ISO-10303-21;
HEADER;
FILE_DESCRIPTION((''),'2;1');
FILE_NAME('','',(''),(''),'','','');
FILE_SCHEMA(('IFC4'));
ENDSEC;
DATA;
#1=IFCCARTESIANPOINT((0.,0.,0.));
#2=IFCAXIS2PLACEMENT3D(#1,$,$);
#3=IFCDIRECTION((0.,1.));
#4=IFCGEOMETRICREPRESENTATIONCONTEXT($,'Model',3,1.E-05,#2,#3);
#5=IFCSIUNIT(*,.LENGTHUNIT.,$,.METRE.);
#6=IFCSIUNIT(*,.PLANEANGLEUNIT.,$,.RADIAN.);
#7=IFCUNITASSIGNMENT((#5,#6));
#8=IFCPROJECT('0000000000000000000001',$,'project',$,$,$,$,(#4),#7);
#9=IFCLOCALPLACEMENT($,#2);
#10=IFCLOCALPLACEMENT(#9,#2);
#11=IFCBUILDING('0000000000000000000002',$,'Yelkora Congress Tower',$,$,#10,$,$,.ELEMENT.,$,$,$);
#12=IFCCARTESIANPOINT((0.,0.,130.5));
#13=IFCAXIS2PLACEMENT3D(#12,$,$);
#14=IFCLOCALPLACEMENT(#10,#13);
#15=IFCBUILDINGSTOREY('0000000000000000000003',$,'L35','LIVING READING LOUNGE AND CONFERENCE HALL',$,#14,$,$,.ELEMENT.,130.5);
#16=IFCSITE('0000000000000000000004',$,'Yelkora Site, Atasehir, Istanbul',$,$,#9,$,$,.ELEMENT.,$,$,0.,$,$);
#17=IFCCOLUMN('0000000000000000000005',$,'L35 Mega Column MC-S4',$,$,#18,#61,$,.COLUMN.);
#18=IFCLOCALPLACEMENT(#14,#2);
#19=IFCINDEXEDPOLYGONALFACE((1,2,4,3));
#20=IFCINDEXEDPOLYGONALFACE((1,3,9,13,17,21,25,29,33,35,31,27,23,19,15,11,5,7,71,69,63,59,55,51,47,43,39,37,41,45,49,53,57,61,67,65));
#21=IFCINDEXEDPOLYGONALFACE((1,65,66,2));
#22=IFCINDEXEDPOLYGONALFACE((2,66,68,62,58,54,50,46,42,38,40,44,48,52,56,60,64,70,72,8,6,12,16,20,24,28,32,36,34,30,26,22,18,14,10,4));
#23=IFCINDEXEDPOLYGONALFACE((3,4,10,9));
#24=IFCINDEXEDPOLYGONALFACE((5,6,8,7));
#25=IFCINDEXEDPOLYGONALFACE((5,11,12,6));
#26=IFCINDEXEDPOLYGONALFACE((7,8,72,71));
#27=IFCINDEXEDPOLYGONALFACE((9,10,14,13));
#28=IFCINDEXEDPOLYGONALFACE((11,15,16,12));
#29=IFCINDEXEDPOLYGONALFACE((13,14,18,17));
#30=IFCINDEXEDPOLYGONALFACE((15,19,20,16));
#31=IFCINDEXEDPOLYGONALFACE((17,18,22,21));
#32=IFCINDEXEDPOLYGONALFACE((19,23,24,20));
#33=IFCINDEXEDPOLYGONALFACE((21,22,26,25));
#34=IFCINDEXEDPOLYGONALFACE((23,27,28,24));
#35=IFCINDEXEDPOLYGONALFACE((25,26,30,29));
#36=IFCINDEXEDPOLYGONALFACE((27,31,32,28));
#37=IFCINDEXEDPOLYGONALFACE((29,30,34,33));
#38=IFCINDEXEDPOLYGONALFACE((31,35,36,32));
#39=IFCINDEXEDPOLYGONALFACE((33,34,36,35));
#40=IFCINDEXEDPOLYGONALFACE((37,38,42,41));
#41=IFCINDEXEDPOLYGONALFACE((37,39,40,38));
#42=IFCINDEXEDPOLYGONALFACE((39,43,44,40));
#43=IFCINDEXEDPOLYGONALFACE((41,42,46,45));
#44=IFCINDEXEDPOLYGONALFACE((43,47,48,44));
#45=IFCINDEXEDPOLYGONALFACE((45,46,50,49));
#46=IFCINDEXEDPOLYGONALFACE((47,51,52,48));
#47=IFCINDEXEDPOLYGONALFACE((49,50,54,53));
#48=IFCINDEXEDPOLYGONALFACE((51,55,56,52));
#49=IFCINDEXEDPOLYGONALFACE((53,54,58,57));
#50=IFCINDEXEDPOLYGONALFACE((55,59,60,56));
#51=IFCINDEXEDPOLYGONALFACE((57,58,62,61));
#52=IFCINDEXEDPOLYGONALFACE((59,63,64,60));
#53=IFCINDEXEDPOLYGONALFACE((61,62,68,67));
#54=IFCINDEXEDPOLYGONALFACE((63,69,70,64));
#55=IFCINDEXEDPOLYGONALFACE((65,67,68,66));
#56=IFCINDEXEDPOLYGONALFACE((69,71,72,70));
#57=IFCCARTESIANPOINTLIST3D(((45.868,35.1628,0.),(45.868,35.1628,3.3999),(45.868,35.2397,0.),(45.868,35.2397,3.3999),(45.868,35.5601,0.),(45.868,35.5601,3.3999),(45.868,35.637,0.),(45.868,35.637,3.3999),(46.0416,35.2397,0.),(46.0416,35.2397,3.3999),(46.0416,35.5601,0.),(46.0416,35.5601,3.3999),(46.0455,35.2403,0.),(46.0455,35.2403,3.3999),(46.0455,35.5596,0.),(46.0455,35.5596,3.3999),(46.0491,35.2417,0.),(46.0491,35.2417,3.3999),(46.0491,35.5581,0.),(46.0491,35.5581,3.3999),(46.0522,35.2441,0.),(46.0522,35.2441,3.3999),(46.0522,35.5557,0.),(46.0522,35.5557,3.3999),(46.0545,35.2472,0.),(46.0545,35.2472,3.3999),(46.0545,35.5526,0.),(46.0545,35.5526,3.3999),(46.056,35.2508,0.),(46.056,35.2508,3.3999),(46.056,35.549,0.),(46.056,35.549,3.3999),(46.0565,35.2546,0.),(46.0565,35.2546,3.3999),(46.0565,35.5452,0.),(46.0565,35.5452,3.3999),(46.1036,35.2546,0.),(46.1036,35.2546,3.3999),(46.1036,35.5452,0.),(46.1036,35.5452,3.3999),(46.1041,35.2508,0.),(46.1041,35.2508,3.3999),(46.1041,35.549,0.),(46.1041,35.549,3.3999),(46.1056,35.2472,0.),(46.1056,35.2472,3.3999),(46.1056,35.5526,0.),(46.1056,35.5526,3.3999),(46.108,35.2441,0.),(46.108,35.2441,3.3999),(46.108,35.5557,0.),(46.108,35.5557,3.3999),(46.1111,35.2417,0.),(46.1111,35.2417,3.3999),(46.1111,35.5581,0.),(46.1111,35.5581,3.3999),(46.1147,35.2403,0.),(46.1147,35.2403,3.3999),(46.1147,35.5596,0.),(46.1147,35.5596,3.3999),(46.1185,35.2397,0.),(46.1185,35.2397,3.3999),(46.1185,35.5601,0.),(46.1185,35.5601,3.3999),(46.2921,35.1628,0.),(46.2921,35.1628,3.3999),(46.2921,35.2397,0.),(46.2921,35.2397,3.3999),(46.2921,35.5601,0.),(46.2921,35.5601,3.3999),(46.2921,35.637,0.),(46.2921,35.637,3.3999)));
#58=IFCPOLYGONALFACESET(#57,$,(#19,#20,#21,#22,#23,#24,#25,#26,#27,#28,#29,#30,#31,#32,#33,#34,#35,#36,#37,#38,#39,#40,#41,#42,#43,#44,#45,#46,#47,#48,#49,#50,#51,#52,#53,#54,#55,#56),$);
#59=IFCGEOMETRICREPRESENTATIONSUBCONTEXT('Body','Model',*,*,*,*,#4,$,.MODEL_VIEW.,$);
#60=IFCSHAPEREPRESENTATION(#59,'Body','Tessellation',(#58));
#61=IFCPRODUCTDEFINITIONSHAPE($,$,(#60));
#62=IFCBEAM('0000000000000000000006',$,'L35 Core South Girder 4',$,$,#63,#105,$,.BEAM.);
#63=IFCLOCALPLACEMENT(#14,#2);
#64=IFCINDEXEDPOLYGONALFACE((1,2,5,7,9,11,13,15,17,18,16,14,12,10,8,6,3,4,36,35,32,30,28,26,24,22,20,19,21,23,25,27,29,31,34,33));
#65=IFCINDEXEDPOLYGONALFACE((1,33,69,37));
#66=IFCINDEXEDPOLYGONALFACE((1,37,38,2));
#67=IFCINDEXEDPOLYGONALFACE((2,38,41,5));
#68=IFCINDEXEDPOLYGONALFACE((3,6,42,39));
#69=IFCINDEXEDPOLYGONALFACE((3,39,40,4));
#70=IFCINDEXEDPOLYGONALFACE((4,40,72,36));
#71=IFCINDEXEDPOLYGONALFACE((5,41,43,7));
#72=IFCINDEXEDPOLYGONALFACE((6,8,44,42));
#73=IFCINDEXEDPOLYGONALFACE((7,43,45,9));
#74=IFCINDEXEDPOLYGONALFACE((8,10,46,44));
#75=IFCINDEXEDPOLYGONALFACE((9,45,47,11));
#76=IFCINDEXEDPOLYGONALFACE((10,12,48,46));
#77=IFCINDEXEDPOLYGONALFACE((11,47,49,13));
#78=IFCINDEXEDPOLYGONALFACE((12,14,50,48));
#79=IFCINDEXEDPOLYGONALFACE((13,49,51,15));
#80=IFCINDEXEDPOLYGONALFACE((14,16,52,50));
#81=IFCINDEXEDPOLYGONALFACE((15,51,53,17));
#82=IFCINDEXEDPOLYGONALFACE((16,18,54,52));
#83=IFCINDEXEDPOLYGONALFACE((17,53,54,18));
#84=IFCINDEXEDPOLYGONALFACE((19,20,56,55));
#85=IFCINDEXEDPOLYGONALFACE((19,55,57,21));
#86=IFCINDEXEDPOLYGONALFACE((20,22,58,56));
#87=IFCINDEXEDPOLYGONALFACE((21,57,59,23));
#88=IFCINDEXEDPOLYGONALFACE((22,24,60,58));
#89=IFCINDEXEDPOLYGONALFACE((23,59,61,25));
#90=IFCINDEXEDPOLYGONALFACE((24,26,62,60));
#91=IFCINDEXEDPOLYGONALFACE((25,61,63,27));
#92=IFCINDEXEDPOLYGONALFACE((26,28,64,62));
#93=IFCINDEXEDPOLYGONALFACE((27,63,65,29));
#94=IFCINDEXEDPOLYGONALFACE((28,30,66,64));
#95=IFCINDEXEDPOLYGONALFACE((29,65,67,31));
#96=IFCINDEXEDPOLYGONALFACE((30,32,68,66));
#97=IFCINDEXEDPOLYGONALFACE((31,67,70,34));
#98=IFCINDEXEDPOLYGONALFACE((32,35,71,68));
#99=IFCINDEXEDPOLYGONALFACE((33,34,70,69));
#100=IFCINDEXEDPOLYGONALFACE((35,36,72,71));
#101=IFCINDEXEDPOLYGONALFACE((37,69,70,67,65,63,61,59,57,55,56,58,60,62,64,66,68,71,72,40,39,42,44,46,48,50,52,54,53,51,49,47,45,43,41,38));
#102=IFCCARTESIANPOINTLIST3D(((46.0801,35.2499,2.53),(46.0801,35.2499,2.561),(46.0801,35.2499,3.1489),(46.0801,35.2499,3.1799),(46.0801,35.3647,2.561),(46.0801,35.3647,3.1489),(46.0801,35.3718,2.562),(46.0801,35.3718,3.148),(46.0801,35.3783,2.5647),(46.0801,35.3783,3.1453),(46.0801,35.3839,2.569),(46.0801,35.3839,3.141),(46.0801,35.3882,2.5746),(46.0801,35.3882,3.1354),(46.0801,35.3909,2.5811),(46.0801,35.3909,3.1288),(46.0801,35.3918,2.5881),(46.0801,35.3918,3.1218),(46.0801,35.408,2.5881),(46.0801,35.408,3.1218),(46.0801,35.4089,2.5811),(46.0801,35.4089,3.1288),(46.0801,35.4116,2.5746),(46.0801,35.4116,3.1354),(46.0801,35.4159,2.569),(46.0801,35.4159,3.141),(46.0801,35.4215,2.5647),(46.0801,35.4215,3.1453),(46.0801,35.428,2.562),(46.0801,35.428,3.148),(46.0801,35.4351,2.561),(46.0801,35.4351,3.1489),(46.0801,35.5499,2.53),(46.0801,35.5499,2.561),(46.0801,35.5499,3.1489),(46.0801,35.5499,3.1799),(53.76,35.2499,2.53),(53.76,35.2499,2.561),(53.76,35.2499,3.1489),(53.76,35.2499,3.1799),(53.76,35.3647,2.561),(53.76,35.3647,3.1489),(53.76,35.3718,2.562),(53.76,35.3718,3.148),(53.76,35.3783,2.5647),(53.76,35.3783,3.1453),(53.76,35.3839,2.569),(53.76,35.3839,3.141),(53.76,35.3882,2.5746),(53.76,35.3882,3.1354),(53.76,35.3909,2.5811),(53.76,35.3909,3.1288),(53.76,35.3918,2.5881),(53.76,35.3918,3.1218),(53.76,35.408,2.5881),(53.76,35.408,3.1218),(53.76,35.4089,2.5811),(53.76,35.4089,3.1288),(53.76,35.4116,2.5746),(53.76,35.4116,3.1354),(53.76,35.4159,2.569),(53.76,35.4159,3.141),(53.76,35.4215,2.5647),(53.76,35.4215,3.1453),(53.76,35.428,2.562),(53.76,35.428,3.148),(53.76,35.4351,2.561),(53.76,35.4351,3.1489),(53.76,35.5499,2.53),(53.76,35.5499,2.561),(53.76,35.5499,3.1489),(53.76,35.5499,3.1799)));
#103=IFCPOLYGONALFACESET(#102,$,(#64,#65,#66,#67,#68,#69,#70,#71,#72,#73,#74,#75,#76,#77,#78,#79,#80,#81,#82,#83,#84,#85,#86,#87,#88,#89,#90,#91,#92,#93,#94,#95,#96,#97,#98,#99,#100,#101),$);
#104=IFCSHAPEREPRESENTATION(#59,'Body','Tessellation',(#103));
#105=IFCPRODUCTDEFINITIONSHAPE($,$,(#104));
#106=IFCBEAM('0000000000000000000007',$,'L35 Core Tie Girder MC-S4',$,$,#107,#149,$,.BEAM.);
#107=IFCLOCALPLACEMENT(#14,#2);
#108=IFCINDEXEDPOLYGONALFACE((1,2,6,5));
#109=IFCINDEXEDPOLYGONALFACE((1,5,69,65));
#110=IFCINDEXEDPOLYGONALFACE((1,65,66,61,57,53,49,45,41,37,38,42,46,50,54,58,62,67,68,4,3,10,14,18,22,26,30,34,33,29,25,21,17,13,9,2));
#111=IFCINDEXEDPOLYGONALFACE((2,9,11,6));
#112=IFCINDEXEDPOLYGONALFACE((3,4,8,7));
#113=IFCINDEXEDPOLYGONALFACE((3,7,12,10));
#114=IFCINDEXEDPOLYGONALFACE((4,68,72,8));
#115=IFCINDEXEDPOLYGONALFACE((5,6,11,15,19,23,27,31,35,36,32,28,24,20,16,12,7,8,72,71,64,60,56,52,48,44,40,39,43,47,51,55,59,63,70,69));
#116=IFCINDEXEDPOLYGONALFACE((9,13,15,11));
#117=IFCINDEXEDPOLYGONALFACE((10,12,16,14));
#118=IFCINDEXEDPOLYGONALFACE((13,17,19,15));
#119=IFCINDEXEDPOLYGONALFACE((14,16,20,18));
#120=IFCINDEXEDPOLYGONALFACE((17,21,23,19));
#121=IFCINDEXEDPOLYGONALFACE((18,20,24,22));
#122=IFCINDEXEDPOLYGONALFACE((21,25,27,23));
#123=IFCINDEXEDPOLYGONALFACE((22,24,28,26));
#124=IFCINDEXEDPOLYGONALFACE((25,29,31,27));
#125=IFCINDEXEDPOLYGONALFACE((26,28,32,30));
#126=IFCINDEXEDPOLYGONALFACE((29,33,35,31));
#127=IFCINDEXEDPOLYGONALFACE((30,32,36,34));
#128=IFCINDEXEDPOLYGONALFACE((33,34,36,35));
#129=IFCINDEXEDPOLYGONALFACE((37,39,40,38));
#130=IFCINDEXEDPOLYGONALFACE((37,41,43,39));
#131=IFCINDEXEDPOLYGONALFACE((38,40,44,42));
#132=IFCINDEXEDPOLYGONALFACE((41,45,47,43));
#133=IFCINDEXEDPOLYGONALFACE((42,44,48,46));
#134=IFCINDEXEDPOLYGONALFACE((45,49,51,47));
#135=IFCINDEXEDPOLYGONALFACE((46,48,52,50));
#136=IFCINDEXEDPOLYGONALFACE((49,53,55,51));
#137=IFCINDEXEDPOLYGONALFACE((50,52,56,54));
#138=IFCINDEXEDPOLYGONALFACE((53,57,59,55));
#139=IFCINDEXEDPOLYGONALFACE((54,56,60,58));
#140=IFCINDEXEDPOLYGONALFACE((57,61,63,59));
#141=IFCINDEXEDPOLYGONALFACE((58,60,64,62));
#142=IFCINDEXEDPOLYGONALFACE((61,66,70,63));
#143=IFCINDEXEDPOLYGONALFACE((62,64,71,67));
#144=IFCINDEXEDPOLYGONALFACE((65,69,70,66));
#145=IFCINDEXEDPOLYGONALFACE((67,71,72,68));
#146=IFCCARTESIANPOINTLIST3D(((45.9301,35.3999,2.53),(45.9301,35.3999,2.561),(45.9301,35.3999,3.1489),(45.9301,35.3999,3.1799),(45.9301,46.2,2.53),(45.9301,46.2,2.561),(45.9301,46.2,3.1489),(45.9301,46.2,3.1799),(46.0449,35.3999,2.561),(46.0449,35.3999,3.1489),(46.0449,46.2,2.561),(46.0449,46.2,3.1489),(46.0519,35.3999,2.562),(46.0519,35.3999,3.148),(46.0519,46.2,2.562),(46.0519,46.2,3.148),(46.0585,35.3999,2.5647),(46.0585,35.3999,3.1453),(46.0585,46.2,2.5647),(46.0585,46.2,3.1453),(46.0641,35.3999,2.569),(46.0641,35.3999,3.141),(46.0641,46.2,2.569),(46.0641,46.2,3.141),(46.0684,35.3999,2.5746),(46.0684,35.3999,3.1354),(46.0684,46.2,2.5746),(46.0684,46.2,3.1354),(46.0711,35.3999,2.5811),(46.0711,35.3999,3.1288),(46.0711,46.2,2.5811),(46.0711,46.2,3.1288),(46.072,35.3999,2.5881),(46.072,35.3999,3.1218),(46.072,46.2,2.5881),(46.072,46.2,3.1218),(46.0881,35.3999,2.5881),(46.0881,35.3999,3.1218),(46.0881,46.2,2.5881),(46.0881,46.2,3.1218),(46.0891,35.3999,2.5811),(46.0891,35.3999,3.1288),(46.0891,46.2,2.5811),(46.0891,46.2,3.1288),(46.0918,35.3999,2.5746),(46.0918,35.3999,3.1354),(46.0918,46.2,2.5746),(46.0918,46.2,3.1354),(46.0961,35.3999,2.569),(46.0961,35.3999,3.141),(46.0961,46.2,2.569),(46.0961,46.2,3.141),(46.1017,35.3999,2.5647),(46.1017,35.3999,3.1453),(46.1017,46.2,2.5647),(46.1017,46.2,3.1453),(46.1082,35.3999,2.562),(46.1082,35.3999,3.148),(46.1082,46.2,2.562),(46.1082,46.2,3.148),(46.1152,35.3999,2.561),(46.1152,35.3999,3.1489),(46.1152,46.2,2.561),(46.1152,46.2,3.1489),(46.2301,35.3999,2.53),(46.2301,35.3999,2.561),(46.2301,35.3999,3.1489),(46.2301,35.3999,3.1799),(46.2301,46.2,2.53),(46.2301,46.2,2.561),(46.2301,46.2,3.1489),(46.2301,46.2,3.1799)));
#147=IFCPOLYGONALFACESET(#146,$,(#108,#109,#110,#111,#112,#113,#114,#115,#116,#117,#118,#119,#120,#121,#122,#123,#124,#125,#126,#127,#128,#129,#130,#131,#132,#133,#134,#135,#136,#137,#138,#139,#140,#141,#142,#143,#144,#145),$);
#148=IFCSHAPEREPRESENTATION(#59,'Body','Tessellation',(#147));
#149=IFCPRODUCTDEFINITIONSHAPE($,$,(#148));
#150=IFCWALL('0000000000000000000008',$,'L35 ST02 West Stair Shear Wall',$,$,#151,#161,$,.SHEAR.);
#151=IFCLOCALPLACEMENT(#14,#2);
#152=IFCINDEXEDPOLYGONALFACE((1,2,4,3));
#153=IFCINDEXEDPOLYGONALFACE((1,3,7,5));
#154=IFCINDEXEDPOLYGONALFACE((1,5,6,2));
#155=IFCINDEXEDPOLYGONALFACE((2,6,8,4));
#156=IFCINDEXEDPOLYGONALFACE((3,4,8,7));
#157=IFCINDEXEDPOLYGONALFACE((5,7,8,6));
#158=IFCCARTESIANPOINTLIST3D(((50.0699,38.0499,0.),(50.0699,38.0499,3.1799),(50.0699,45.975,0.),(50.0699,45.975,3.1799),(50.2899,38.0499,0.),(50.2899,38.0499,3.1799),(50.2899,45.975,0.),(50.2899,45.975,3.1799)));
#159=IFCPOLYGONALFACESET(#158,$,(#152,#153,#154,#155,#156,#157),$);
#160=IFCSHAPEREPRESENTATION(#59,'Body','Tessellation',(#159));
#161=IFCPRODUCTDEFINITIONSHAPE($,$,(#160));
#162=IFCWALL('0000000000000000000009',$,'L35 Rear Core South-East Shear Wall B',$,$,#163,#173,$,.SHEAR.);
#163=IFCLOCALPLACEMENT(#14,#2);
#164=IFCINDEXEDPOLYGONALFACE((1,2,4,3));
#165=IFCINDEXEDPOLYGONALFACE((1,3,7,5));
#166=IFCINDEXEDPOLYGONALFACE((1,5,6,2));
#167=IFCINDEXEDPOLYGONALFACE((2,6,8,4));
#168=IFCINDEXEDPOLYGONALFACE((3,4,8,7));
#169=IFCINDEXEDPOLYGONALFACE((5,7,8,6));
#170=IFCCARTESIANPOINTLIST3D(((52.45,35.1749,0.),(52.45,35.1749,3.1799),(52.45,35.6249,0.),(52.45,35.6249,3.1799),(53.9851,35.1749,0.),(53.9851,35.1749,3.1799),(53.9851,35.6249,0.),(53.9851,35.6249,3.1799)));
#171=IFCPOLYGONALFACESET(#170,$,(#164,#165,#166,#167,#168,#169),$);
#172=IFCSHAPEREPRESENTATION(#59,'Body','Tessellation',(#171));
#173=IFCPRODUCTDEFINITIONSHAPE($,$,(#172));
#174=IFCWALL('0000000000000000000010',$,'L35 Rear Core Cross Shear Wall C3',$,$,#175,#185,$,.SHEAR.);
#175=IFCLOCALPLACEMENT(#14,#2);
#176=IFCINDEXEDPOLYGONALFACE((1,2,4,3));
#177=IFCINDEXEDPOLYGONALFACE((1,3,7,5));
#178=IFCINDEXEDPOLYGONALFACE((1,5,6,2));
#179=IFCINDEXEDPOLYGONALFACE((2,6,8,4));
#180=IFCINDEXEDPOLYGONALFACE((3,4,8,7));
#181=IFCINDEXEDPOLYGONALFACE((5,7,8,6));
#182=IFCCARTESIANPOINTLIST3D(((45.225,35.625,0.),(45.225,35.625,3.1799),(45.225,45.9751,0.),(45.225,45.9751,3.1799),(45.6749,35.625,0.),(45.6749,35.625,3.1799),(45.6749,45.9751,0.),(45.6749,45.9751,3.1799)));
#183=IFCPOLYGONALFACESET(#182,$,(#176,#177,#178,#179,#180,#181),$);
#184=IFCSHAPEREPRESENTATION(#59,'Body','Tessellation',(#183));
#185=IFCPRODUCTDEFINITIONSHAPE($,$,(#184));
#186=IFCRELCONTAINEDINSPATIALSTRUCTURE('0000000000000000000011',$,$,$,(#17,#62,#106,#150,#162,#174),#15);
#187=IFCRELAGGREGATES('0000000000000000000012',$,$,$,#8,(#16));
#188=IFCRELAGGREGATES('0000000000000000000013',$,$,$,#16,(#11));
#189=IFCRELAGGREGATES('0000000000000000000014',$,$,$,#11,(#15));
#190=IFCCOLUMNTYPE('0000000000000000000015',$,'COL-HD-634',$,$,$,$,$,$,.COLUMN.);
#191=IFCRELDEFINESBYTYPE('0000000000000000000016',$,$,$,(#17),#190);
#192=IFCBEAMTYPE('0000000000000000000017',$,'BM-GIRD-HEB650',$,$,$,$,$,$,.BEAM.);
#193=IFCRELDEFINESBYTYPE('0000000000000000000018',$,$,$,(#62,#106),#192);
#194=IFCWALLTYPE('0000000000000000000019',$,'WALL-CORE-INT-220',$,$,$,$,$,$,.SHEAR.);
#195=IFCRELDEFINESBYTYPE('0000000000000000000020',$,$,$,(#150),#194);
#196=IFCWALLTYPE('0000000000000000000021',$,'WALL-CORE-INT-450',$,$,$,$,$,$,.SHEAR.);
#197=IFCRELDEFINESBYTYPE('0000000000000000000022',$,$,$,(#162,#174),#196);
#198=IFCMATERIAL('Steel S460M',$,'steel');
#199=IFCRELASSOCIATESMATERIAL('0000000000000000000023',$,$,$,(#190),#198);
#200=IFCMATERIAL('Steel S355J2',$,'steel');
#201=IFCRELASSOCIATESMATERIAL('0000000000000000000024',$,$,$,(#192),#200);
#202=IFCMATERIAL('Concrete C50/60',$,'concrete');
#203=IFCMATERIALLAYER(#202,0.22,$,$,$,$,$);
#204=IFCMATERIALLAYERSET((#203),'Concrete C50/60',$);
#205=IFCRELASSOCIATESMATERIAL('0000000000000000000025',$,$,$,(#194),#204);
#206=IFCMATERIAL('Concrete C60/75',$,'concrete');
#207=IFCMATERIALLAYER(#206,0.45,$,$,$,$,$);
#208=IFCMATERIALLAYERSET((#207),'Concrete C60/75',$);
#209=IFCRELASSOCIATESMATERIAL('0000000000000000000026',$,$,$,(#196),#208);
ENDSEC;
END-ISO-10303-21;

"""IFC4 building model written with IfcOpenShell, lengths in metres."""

from ifc_helpers import new_model, si_unit, direction, frame, frame_2d, origin, origin_2d, place, context, subcontext, project, spatial, rectangle, i_section, extrude, material, layer, layer_set, material_profile, profile_set, type_object, element, save


model = new_model("IFC4")

# Units and contexts
model_context = context("Model", 3, precision=1e-05, world=origin(), true_north=direction((0.0, 1.0)))
body_context = subcontext(model_context, "Body", "Model", "MODEL_VIEW")
ifc_project = project(units=[si_unit("LENGTHUNIT", "METRE"), si_unit("PLANEANGLEUNIT", "RADIAN")], contexts=[model_context])

# Site, building, storey
site_placement = place(None, origin())
site = spatial("IfcSite", under=ifc_project, at=site_placement, Name="Yelkora Site, Atasehir, Istanbul", CompositionType="ELEMENT", RefElevation=0.0)
building_placement = place(site_placement, origin())
building = spatial("IfcBuilding", under=site, at=building_placement, Name="Yelkora Congress Tower", CompositionType="ELEMENT")
storey_placement = place(building_placement, frame((0.0, 0.0, 130.5)))
storey = spatial("IfcBuildingStorey", under=building, at=storey_placement, Name="L35", Description="LIVING READING LOUNGE AND CONFERENCE HALL", CompositionType="ELEMENT", Elevation=130.5)

# Column
ifc_material_1 = material(Name="Steel S460M", Category="steel")
ifc_material_profile_1 = material_profile(ifc_material_1, i_section(OverallWidth=0.4241, OverallDepth=0.4741, WebThickness=0.0471, FlangeThickness=0.0769, FilletRadius=0.0149, at=origin_2d()), Name="HD 400x634")
ifc_profile_set_1 = profile_set([ifc_material_profile_1], Name="Steel S460M")
column_type = type_object("IfcColumnType", Name="COL-HD-634", PredefinedType="COLUMN", material=ifc_profile_set_1)
column_placement = place(storey_placement, frame((46.0801, 35.3999, 0.0), z_axis=(0.0, 0.0, 1.0), x_axis=(1.0, 0.0, 0.0)))
element("IfcColumn", 1, at=column_placement, inside=storey, type_object=column_type, Name="L35 Mega Column MC-S4", PredefinedType="COLUMN", context=body_context, shape_type="SweptSolid", body=[
    extrude(i_section(OverallWidth=0.4241, OverallDepth=0.4741, WebThickness=0.0471, FlangeThickness=0.0769, FilletRadius=0.0149, at=origin_2d()), origin(), (0.0, 0.0, 1.0), 3.3999),
])

# Beams
ifc_material_2 = material(Name="Steel S355J2", Category="steel")
ifc_material_profile_2 = material_profile(ifc_material_2, i_section(OverallWidth=0.3, OverallDepth=0.6499, WebThickness=0.0161, FlangeThickness=0.031, FilletRadius=0.0271, at=origin_2d()), Name="HEB 650")
ifc_profile_set_2 = profile_set([ifc_material_profile_2], Name="Steel S355J2")
beam_type = type_object("IfcBeamType", Name="BM-GIRD-HEB650", PredefinedType="BEAM", material=ifc_profile_set_2)
beam_1_placement = place(storey_placement, frame((46.0801, 35.3999, 2.855), z_axis=(1.0, 0.0, 0.0), x_axis=(0.0, 1.0, 0.0)))
element("IfcBeam", 2, at=beam_1_placement, inside=storey, type_object=beam_type, Name="L35 Core South Girder 4", PredefinedType="BEAM", context=body_context, shape_type="SweptSolid", body=[
    extrude(i_section(OverallWidth=0.3, OverallDepth=0.6499, WebThickness=0.0161, FlangeThickness=0.031, FilletRadius=0.0271, at=origin_2d()), origin(), (0.0, 0.0, 1.0), 7.6799),
])
beam_2_placement = place(storey_placement, frame((46.0801, 35.3999, 2.855), z_axis=(0.0, 1.0, 0.0), x_axis=(-1.0, 0.0, 0.0)))
element("IfcBeam", 3, at=beam_2_placement, inside=storey, type_object=beam_type, Name="L35 Core Tie Girder MC-S4", PredefinedType="BEAM", context=body_context, shape_type="SweptSolid", body=[
    extrude(i_section(OverallWidth=0.3, OverallDepth=0.6499, WebThickness=0.0161, FlangeThickness=0.031, FilletRadius=0.0271, at=origin_2d()), origin(), (0.0, 0.0, 1.0), 10.8),
])

# Wall
ifc_material_3 = material(Name="Concrete C50/60", Category="concrete")
ifc_layer_1 = layer(ifc_material_3, 0.22)
ifc_layer_set_1 = layer_set([ifc_layer_1], Name="Concrete C50/60")
wall_type_1 = type_object("IfcWallType", Name="WALL-CORE-INT-220", PredefinedType="SHEAR", material=ifc_layer_set_1)
wall_1_placement = place(storey_placement, frame((50.1799, 38.05, 0.0), z_axis=(0.0, 0.0, 1.0), x_axis=(0.0, 1.0, 0.0)))
element("IfcWall", 4, at=wall_1_placement, inside=storey, type_object=wall_type_1, Name="L35 ST02 West Stair Shear Wall", PredefinedType="SHEAR", context=body_context, shape_type="SweptSolid", body=[
    extrude(rectangle(XDim=7.925, YDim=0.22, at=frame_2d((3.9624, 0.0))), origin(), (0.0, 0.0, 1.0), 3.1799),
])

# Shared definitions
ifc_material_4 = material(Name="Concrete C60/75", Category="concrete")
ifc_layer_2 = layer(ifc_material_4, 0.45)
ifc_layer_set_2 = layer_set([ifc_layer_2], Name="Concrete C60/75")
wall_type_2 = type_object("IfcWallType", Name="WALL-CORE-INT-450", PredefinedType="SHEAR", material=ifc_layer_set_2)

# Walls
wall_2_placement = place(storey_placement, frame((52.45, 35.3999, 0.0), z_axis=(0.0, 0.0, 1.0), x_axis=(1.0, 0.0, 0.0)))
element("IfcWall", 5, at=wall_2_placement, inside=storey, type_object=wall_type_2, Name="L35 Rear Core South-East Shear Wall B", PredefinedType="SHEAR", context=body_context, shape_type="SweptSolid", body=[
    extrude(rectangle(XDim=1.5352, YDim=0.45, at=frame_2d((0.7676, 0.0))), origin(), (0.0, 0.0, 1.0), 3.1799),
])
wall_3_placement = place(storey_placement, frame((45.45, 35.625, 0.0), z_axis=(0.0, 0.0, 1.0), x_axis=(0.0, 1.0, 0.0)))
element("IfcWall", 6, at=wall_3_placement, inside=storey, type_object=wall_type_2, Name="L35 Rear Core Cross Shear Wall C3", PredefinedType="SHEAR", context=body_context, shape_type="SweptSolid", body=[
    extrude(rectangle(XDim=10.3501, YDim=0.45, at=frame_2d((5.175, 0.0))), origin(), (0.0, 0.0, 1.0), 3.1799),
])

save(model, "model.ifc")
